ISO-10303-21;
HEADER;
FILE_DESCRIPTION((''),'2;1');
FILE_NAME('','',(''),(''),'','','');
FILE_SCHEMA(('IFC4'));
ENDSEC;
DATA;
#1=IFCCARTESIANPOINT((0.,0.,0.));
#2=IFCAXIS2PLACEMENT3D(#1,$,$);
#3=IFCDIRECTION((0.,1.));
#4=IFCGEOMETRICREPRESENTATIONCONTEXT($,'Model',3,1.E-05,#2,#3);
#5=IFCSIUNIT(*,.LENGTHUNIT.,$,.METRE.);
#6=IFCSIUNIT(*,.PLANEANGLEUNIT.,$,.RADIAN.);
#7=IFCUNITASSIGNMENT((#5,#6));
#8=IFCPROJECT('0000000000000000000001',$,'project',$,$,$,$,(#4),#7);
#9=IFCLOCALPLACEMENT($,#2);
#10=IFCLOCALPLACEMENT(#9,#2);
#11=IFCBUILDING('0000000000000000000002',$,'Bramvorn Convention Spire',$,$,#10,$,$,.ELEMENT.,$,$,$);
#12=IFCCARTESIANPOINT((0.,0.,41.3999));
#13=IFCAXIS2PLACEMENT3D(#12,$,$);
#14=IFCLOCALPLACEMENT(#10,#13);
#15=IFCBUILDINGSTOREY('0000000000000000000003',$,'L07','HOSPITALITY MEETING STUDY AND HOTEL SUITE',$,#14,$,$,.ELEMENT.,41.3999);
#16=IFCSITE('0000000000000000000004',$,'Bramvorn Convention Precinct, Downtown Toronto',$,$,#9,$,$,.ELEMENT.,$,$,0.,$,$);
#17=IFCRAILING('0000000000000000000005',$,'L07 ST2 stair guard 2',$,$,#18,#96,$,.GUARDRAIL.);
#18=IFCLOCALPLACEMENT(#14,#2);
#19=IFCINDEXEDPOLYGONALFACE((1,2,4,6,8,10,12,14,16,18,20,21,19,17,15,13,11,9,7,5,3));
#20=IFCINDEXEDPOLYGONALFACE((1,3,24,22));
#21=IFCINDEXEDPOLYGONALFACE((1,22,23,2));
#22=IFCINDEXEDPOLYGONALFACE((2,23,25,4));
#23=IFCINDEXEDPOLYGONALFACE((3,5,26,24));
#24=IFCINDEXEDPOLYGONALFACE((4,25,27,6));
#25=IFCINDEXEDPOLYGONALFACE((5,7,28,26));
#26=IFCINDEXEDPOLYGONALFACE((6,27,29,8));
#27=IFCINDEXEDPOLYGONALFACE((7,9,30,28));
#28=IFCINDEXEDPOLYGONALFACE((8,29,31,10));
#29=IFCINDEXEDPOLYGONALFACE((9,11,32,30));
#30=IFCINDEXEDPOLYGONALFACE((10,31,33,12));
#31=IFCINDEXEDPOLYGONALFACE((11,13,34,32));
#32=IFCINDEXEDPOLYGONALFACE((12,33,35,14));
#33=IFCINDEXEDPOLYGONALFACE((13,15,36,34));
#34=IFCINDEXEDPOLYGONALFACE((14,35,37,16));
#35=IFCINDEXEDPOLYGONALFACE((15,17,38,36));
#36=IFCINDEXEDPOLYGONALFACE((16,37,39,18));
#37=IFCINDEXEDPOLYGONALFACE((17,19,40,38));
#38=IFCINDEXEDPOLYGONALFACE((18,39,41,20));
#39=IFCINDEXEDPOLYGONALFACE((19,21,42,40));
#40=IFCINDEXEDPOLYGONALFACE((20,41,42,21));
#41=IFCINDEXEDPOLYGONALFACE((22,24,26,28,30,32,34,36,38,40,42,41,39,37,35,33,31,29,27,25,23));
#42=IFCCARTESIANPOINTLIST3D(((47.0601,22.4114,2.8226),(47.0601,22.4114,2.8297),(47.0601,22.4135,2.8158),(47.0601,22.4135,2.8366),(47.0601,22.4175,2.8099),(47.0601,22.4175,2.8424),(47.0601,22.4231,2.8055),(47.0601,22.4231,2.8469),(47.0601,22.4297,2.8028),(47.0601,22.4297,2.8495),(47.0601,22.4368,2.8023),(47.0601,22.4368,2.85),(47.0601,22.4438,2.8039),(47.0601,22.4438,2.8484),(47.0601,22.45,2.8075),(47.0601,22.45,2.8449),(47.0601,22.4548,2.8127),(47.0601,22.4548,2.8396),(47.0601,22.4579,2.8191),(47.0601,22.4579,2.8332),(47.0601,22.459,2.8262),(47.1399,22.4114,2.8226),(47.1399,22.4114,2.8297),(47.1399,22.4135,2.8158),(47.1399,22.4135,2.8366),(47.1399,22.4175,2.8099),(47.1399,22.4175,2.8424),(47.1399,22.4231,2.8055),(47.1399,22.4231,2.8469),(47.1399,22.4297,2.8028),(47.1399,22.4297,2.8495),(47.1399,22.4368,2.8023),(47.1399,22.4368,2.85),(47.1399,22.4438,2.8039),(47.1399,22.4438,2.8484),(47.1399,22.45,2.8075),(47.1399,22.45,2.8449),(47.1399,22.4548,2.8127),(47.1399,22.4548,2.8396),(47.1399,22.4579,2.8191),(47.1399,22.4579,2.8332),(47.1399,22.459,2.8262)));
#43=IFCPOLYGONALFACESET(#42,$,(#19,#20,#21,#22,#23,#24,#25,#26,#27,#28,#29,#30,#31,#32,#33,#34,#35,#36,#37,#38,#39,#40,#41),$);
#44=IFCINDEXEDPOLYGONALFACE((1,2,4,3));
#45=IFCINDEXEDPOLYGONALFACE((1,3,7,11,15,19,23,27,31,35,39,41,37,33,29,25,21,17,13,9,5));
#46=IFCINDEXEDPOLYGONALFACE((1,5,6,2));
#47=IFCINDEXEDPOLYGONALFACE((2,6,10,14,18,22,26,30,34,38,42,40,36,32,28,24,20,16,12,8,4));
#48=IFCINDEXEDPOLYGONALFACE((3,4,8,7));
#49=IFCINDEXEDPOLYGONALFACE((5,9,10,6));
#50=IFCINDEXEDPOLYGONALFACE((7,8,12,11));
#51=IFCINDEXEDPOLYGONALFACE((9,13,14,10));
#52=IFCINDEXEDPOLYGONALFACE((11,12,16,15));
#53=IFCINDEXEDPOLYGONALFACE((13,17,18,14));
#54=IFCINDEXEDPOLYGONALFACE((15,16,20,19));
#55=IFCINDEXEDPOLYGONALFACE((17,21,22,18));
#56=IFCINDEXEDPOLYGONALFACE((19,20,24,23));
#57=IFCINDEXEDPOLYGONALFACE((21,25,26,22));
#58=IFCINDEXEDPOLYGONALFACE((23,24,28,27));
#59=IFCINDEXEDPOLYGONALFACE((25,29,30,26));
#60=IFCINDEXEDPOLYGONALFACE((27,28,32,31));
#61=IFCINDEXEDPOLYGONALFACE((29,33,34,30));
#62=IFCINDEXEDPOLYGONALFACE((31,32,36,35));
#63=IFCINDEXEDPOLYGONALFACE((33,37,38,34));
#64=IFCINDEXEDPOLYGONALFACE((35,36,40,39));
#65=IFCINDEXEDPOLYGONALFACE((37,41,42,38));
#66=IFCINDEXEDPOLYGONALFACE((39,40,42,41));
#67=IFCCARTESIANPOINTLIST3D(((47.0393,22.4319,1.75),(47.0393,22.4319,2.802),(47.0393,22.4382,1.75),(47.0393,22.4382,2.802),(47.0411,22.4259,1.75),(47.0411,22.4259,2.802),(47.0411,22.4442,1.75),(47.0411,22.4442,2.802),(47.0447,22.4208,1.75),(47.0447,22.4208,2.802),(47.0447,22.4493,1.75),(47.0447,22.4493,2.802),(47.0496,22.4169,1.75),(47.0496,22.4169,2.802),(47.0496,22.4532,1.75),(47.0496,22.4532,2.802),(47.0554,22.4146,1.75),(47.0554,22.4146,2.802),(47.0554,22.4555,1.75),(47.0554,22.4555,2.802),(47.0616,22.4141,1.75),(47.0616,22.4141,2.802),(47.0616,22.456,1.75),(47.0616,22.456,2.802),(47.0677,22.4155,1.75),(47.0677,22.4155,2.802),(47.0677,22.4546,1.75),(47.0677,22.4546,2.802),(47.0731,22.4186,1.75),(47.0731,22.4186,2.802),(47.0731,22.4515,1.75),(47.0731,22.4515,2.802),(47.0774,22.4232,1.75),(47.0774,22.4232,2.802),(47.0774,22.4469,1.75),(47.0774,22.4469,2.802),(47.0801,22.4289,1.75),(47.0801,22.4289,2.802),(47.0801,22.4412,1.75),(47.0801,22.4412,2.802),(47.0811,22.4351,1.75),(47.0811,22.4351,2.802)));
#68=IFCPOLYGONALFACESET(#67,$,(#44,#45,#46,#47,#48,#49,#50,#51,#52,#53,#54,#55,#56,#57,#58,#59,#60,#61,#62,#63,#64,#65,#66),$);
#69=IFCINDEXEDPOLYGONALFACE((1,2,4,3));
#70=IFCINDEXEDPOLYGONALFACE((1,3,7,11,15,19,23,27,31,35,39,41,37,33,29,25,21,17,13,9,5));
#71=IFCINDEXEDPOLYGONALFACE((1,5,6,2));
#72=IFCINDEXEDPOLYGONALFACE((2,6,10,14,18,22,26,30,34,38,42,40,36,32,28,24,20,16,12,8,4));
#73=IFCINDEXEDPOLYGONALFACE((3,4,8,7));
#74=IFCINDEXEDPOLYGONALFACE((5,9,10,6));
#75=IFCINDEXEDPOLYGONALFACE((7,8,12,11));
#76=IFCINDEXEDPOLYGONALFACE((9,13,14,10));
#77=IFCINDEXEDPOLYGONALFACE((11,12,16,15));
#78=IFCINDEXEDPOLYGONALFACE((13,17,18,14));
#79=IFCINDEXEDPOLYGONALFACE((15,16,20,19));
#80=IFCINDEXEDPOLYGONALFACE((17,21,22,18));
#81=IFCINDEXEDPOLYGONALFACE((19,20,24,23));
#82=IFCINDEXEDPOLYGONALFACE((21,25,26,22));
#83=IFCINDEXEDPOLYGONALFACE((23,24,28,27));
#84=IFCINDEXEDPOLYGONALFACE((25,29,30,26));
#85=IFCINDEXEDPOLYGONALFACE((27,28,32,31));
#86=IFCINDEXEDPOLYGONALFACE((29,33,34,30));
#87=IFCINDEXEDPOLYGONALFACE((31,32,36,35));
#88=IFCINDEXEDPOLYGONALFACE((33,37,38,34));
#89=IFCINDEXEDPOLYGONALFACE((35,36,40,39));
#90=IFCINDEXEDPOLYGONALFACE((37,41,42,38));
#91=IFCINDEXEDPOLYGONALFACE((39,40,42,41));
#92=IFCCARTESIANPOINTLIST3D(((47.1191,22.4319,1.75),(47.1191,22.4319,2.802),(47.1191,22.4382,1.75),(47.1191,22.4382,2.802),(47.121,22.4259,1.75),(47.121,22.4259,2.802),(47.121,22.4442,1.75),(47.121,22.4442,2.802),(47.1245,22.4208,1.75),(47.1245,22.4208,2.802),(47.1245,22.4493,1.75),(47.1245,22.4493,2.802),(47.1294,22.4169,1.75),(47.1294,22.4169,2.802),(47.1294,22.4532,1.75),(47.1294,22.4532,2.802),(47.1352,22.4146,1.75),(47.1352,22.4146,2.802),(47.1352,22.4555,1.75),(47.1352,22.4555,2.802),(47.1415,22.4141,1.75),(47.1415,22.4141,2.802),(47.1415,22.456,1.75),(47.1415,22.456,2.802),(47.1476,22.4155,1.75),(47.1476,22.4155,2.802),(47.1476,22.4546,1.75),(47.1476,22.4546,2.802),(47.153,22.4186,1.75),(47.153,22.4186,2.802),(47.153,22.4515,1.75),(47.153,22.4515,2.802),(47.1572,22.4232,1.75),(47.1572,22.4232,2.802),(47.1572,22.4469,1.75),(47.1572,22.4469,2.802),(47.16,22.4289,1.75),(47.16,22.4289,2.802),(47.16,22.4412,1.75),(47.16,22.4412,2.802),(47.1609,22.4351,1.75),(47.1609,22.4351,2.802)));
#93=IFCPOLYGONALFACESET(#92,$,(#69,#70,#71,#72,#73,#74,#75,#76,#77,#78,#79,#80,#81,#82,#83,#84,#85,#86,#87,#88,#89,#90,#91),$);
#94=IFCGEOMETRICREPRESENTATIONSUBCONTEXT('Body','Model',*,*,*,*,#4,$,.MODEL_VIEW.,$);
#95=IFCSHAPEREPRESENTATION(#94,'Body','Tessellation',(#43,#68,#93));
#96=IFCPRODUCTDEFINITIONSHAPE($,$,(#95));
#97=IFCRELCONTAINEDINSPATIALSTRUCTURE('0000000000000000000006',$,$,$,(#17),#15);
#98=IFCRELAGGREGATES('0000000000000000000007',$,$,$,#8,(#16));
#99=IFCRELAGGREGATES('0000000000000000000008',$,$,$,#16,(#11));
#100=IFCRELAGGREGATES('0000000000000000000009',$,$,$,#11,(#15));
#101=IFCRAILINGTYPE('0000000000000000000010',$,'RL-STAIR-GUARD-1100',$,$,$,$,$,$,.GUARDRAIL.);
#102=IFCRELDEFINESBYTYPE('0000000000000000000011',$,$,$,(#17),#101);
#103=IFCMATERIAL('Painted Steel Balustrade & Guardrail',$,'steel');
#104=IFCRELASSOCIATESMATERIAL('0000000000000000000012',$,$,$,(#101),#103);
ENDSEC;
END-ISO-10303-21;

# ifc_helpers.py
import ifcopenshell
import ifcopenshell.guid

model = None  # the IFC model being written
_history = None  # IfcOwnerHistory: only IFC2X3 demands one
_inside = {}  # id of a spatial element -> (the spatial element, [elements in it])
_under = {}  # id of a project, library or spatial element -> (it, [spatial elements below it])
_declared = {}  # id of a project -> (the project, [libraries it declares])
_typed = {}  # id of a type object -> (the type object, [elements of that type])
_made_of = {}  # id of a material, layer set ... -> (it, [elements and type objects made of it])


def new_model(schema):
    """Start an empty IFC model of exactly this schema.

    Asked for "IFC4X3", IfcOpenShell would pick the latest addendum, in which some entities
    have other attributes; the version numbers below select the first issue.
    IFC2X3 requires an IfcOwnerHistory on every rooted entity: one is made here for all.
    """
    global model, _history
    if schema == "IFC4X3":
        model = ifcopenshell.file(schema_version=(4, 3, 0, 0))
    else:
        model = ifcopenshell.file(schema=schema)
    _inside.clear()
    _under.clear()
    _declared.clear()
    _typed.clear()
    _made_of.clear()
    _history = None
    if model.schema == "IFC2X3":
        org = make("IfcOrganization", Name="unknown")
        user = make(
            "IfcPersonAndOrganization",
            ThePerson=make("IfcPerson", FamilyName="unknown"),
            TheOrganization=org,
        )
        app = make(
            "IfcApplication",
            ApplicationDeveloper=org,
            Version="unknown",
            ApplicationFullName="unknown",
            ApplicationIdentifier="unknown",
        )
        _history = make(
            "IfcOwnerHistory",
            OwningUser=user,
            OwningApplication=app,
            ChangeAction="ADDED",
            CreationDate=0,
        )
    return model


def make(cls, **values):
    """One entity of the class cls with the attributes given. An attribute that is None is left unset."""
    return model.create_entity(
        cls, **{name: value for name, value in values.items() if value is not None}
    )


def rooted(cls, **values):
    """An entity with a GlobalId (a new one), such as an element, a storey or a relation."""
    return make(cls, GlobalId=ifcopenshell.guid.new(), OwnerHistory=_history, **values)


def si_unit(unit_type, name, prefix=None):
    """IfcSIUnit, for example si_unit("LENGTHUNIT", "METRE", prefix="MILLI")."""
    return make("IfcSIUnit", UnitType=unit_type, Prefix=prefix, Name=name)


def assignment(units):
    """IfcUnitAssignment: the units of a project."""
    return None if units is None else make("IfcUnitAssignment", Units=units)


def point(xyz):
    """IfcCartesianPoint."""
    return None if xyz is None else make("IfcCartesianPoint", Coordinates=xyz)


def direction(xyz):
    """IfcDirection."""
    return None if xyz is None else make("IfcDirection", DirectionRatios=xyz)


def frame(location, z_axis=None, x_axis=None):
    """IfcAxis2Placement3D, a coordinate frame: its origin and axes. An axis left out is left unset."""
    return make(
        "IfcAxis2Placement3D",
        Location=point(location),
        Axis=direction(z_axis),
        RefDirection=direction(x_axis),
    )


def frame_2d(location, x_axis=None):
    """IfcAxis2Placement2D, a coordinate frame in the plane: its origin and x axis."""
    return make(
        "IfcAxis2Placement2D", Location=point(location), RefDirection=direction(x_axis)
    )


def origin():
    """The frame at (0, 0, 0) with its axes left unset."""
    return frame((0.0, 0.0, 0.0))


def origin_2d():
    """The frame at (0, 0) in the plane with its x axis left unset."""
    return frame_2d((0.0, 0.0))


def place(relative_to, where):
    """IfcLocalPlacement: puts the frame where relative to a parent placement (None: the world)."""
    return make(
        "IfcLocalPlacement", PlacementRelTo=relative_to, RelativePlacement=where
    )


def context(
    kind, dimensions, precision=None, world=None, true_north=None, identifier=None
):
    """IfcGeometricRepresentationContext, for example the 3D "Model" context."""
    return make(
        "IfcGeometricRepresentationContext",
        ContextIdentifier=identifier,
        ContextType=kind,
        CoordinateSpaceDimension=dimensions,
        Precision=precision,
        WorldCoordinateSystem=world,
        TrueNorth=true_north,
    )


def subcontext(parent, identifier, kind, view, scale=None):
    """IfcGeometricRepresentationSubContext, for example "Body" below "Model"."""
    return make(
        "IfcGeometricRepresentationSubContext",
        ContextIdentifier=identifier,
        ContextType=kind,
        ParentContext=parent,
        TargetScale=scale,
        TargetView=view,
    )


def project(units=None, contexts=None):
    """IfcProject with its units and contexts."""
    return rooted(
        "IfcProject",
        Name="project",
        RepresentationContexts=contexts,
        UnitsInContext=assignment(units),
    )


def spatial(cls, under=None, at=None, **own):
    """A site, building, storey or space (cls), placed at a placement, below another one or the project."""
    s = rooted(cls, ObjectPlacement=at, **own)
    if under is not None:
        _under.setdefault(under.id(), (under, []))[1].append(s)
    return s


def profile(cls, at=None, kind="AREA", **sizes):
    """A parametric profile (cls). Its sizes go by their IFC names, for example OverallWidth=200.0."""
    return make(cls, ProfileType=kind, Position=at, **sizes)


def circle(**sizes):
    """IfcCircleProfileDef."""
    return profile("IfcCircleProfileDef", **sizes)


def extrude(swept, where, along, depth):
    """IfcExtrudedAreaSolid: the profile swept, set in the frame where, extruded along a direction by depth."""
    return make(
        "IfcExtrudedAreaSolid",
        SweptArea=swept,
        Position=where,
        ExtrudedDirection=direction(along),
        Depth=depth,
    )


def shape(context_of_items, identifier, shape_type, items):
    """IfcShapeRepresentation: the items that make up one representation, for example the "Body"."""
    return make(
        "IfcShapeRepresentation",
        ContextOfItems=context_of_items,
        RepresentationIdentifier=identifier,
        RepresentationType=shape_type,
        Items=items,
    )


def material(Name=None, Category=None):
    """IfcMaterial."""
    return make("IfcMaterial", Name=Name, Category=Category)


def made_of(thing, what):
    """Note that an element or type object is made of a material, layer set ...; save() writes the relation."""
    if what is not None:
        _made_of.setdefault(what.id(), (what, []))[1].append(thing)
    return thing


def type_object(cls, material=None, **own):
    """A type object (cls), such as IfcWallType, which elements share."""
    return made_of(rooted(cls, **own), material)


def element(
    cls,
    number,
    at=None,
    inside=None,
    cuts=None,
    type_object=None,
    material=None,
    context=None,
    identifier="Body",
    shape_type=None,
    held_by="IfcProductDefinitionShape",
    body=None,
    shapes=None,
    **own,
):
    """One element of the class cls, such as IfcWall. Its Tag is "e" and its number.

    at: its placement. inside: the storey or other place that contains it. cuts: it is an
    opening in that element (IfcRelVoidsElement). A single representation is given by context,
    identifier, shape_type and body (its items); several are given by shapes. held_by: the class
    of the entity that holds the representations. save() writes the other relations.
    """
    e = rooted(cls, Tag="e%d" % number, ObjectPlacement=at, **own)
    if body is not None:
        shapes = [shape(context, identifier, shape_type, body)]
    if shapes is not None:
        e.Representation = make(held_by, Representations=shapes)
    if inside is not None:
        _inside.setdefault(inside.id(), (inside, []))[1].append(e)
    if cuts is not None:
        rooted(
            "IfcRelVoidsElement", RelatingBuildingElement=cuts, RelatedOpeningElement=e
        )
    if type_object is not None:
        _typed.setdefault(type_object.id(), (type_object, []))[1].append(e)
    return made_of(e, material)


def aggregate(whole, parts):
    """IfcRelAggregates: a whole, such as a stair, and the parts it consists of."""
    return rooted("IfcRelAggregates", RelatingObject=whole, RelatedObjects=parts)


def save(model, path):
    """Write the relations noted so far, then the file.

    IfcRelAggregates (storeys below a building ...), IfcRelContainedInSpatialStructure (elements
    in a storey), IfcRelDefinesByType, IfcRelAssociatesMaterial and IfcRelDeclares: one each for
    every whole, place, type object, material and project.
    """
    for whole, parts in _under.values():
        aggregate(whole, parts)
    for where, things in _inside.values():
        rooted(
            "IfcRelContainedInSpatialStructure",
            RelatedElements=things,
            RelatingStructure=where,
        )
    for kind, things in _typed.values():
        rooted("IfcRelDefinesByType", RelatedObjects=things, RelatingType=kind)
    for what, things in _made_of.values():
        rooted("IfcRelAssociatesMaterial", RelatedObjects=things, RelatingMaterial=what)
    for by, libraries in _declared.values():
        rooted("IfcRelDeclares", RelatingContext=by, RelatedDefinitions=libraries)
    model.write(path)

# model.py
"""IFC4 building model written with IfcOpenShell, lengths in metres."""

from ifc_helpers import new_model, si_unit, direction, frame, origin, origin_2d, place, context, subcontext, project, spatial, circle, extrude, material, type_object, element, save


model = new_model("IFC4")

# Units and contexts
model_context = context("Model", 3, precision=1e-05, world=origin(), true_north=direction((0.0, 1.0)))
body_context = subcontext(model_context, "Body", "Model", "MODEL_VIEW")
ifc_project = project(units=[si_unit("LENGTHUNIT", "METRE"), si_unit("PLANEANGLEUNIT", "RADIAN")], contexts=[model_context])

# Site, building, storey
site_placement = place(None, origin())
site = spatial("IfcSite", under=ifc_project, at=site_placement, Name="Bramvorn Convention Precinct, Downtown Toronto", CompositionType="ELEMENT", RefElevation=0.0)
building_placement = place(site_placement, origin())
building = spatial("IfcBuilding", under=site, at=building_placement, Name="Bramvorn Convention Spire", CompositionType="ELEMENT")
storey_placement = place(building_placement, frame((0.0, 0.0, 41.3999)))
storey = spatial("IfcBuildingStorey", under=building, at=storey_placement, Name="L07", Description="HOSPITALITY MEETING STUDY AND HOTEL SUITE", CompositionType="ELEMENT", Elevation=41.3999)

# Railing
ifc_material_1 = material(Name="Painted Steel Balustrade & Guardrail", Category="steel")
railing_type_1 = type_object("IfcRailingType", Name="RL-STAIR-GUARD-1100", PredefinedType="GUARDRAIL", material=ifc_material_1)
railing_1_placement = place(storey_placement, frame((47.0601, 22.4351, 1.75)))
element("IfcRailing", 1, at=railing_1_placement, inside=storey, type_object=railing_type_1, Name="L07 ST2 stair guard 2", PredefinedType="GUARDRAIL", context=body_context, shape_type="SweptSolid", body=[
    extrude(circle(Radius=0.0239, at=origin_2d()), frame((0.0, 0.0, 1.0762), z_axis=(1.0, 0.0, 0.0), x_axis=(0.0, 1.0, 0.0)), (0.0, 0.0, 1.0), 0.0798),
    extrude(circle(Radius=0.021, at=origin_2d()), origin(), (0.0, 0.0, 1.0), 1.052),
    extrude(circle(Radius=0.021, at=origin_2d()), frame((0.0798, 0.0, 0.0)), (0.0, 0.0, 1.0), 1.052),
])

save(model, "model.ifc")
